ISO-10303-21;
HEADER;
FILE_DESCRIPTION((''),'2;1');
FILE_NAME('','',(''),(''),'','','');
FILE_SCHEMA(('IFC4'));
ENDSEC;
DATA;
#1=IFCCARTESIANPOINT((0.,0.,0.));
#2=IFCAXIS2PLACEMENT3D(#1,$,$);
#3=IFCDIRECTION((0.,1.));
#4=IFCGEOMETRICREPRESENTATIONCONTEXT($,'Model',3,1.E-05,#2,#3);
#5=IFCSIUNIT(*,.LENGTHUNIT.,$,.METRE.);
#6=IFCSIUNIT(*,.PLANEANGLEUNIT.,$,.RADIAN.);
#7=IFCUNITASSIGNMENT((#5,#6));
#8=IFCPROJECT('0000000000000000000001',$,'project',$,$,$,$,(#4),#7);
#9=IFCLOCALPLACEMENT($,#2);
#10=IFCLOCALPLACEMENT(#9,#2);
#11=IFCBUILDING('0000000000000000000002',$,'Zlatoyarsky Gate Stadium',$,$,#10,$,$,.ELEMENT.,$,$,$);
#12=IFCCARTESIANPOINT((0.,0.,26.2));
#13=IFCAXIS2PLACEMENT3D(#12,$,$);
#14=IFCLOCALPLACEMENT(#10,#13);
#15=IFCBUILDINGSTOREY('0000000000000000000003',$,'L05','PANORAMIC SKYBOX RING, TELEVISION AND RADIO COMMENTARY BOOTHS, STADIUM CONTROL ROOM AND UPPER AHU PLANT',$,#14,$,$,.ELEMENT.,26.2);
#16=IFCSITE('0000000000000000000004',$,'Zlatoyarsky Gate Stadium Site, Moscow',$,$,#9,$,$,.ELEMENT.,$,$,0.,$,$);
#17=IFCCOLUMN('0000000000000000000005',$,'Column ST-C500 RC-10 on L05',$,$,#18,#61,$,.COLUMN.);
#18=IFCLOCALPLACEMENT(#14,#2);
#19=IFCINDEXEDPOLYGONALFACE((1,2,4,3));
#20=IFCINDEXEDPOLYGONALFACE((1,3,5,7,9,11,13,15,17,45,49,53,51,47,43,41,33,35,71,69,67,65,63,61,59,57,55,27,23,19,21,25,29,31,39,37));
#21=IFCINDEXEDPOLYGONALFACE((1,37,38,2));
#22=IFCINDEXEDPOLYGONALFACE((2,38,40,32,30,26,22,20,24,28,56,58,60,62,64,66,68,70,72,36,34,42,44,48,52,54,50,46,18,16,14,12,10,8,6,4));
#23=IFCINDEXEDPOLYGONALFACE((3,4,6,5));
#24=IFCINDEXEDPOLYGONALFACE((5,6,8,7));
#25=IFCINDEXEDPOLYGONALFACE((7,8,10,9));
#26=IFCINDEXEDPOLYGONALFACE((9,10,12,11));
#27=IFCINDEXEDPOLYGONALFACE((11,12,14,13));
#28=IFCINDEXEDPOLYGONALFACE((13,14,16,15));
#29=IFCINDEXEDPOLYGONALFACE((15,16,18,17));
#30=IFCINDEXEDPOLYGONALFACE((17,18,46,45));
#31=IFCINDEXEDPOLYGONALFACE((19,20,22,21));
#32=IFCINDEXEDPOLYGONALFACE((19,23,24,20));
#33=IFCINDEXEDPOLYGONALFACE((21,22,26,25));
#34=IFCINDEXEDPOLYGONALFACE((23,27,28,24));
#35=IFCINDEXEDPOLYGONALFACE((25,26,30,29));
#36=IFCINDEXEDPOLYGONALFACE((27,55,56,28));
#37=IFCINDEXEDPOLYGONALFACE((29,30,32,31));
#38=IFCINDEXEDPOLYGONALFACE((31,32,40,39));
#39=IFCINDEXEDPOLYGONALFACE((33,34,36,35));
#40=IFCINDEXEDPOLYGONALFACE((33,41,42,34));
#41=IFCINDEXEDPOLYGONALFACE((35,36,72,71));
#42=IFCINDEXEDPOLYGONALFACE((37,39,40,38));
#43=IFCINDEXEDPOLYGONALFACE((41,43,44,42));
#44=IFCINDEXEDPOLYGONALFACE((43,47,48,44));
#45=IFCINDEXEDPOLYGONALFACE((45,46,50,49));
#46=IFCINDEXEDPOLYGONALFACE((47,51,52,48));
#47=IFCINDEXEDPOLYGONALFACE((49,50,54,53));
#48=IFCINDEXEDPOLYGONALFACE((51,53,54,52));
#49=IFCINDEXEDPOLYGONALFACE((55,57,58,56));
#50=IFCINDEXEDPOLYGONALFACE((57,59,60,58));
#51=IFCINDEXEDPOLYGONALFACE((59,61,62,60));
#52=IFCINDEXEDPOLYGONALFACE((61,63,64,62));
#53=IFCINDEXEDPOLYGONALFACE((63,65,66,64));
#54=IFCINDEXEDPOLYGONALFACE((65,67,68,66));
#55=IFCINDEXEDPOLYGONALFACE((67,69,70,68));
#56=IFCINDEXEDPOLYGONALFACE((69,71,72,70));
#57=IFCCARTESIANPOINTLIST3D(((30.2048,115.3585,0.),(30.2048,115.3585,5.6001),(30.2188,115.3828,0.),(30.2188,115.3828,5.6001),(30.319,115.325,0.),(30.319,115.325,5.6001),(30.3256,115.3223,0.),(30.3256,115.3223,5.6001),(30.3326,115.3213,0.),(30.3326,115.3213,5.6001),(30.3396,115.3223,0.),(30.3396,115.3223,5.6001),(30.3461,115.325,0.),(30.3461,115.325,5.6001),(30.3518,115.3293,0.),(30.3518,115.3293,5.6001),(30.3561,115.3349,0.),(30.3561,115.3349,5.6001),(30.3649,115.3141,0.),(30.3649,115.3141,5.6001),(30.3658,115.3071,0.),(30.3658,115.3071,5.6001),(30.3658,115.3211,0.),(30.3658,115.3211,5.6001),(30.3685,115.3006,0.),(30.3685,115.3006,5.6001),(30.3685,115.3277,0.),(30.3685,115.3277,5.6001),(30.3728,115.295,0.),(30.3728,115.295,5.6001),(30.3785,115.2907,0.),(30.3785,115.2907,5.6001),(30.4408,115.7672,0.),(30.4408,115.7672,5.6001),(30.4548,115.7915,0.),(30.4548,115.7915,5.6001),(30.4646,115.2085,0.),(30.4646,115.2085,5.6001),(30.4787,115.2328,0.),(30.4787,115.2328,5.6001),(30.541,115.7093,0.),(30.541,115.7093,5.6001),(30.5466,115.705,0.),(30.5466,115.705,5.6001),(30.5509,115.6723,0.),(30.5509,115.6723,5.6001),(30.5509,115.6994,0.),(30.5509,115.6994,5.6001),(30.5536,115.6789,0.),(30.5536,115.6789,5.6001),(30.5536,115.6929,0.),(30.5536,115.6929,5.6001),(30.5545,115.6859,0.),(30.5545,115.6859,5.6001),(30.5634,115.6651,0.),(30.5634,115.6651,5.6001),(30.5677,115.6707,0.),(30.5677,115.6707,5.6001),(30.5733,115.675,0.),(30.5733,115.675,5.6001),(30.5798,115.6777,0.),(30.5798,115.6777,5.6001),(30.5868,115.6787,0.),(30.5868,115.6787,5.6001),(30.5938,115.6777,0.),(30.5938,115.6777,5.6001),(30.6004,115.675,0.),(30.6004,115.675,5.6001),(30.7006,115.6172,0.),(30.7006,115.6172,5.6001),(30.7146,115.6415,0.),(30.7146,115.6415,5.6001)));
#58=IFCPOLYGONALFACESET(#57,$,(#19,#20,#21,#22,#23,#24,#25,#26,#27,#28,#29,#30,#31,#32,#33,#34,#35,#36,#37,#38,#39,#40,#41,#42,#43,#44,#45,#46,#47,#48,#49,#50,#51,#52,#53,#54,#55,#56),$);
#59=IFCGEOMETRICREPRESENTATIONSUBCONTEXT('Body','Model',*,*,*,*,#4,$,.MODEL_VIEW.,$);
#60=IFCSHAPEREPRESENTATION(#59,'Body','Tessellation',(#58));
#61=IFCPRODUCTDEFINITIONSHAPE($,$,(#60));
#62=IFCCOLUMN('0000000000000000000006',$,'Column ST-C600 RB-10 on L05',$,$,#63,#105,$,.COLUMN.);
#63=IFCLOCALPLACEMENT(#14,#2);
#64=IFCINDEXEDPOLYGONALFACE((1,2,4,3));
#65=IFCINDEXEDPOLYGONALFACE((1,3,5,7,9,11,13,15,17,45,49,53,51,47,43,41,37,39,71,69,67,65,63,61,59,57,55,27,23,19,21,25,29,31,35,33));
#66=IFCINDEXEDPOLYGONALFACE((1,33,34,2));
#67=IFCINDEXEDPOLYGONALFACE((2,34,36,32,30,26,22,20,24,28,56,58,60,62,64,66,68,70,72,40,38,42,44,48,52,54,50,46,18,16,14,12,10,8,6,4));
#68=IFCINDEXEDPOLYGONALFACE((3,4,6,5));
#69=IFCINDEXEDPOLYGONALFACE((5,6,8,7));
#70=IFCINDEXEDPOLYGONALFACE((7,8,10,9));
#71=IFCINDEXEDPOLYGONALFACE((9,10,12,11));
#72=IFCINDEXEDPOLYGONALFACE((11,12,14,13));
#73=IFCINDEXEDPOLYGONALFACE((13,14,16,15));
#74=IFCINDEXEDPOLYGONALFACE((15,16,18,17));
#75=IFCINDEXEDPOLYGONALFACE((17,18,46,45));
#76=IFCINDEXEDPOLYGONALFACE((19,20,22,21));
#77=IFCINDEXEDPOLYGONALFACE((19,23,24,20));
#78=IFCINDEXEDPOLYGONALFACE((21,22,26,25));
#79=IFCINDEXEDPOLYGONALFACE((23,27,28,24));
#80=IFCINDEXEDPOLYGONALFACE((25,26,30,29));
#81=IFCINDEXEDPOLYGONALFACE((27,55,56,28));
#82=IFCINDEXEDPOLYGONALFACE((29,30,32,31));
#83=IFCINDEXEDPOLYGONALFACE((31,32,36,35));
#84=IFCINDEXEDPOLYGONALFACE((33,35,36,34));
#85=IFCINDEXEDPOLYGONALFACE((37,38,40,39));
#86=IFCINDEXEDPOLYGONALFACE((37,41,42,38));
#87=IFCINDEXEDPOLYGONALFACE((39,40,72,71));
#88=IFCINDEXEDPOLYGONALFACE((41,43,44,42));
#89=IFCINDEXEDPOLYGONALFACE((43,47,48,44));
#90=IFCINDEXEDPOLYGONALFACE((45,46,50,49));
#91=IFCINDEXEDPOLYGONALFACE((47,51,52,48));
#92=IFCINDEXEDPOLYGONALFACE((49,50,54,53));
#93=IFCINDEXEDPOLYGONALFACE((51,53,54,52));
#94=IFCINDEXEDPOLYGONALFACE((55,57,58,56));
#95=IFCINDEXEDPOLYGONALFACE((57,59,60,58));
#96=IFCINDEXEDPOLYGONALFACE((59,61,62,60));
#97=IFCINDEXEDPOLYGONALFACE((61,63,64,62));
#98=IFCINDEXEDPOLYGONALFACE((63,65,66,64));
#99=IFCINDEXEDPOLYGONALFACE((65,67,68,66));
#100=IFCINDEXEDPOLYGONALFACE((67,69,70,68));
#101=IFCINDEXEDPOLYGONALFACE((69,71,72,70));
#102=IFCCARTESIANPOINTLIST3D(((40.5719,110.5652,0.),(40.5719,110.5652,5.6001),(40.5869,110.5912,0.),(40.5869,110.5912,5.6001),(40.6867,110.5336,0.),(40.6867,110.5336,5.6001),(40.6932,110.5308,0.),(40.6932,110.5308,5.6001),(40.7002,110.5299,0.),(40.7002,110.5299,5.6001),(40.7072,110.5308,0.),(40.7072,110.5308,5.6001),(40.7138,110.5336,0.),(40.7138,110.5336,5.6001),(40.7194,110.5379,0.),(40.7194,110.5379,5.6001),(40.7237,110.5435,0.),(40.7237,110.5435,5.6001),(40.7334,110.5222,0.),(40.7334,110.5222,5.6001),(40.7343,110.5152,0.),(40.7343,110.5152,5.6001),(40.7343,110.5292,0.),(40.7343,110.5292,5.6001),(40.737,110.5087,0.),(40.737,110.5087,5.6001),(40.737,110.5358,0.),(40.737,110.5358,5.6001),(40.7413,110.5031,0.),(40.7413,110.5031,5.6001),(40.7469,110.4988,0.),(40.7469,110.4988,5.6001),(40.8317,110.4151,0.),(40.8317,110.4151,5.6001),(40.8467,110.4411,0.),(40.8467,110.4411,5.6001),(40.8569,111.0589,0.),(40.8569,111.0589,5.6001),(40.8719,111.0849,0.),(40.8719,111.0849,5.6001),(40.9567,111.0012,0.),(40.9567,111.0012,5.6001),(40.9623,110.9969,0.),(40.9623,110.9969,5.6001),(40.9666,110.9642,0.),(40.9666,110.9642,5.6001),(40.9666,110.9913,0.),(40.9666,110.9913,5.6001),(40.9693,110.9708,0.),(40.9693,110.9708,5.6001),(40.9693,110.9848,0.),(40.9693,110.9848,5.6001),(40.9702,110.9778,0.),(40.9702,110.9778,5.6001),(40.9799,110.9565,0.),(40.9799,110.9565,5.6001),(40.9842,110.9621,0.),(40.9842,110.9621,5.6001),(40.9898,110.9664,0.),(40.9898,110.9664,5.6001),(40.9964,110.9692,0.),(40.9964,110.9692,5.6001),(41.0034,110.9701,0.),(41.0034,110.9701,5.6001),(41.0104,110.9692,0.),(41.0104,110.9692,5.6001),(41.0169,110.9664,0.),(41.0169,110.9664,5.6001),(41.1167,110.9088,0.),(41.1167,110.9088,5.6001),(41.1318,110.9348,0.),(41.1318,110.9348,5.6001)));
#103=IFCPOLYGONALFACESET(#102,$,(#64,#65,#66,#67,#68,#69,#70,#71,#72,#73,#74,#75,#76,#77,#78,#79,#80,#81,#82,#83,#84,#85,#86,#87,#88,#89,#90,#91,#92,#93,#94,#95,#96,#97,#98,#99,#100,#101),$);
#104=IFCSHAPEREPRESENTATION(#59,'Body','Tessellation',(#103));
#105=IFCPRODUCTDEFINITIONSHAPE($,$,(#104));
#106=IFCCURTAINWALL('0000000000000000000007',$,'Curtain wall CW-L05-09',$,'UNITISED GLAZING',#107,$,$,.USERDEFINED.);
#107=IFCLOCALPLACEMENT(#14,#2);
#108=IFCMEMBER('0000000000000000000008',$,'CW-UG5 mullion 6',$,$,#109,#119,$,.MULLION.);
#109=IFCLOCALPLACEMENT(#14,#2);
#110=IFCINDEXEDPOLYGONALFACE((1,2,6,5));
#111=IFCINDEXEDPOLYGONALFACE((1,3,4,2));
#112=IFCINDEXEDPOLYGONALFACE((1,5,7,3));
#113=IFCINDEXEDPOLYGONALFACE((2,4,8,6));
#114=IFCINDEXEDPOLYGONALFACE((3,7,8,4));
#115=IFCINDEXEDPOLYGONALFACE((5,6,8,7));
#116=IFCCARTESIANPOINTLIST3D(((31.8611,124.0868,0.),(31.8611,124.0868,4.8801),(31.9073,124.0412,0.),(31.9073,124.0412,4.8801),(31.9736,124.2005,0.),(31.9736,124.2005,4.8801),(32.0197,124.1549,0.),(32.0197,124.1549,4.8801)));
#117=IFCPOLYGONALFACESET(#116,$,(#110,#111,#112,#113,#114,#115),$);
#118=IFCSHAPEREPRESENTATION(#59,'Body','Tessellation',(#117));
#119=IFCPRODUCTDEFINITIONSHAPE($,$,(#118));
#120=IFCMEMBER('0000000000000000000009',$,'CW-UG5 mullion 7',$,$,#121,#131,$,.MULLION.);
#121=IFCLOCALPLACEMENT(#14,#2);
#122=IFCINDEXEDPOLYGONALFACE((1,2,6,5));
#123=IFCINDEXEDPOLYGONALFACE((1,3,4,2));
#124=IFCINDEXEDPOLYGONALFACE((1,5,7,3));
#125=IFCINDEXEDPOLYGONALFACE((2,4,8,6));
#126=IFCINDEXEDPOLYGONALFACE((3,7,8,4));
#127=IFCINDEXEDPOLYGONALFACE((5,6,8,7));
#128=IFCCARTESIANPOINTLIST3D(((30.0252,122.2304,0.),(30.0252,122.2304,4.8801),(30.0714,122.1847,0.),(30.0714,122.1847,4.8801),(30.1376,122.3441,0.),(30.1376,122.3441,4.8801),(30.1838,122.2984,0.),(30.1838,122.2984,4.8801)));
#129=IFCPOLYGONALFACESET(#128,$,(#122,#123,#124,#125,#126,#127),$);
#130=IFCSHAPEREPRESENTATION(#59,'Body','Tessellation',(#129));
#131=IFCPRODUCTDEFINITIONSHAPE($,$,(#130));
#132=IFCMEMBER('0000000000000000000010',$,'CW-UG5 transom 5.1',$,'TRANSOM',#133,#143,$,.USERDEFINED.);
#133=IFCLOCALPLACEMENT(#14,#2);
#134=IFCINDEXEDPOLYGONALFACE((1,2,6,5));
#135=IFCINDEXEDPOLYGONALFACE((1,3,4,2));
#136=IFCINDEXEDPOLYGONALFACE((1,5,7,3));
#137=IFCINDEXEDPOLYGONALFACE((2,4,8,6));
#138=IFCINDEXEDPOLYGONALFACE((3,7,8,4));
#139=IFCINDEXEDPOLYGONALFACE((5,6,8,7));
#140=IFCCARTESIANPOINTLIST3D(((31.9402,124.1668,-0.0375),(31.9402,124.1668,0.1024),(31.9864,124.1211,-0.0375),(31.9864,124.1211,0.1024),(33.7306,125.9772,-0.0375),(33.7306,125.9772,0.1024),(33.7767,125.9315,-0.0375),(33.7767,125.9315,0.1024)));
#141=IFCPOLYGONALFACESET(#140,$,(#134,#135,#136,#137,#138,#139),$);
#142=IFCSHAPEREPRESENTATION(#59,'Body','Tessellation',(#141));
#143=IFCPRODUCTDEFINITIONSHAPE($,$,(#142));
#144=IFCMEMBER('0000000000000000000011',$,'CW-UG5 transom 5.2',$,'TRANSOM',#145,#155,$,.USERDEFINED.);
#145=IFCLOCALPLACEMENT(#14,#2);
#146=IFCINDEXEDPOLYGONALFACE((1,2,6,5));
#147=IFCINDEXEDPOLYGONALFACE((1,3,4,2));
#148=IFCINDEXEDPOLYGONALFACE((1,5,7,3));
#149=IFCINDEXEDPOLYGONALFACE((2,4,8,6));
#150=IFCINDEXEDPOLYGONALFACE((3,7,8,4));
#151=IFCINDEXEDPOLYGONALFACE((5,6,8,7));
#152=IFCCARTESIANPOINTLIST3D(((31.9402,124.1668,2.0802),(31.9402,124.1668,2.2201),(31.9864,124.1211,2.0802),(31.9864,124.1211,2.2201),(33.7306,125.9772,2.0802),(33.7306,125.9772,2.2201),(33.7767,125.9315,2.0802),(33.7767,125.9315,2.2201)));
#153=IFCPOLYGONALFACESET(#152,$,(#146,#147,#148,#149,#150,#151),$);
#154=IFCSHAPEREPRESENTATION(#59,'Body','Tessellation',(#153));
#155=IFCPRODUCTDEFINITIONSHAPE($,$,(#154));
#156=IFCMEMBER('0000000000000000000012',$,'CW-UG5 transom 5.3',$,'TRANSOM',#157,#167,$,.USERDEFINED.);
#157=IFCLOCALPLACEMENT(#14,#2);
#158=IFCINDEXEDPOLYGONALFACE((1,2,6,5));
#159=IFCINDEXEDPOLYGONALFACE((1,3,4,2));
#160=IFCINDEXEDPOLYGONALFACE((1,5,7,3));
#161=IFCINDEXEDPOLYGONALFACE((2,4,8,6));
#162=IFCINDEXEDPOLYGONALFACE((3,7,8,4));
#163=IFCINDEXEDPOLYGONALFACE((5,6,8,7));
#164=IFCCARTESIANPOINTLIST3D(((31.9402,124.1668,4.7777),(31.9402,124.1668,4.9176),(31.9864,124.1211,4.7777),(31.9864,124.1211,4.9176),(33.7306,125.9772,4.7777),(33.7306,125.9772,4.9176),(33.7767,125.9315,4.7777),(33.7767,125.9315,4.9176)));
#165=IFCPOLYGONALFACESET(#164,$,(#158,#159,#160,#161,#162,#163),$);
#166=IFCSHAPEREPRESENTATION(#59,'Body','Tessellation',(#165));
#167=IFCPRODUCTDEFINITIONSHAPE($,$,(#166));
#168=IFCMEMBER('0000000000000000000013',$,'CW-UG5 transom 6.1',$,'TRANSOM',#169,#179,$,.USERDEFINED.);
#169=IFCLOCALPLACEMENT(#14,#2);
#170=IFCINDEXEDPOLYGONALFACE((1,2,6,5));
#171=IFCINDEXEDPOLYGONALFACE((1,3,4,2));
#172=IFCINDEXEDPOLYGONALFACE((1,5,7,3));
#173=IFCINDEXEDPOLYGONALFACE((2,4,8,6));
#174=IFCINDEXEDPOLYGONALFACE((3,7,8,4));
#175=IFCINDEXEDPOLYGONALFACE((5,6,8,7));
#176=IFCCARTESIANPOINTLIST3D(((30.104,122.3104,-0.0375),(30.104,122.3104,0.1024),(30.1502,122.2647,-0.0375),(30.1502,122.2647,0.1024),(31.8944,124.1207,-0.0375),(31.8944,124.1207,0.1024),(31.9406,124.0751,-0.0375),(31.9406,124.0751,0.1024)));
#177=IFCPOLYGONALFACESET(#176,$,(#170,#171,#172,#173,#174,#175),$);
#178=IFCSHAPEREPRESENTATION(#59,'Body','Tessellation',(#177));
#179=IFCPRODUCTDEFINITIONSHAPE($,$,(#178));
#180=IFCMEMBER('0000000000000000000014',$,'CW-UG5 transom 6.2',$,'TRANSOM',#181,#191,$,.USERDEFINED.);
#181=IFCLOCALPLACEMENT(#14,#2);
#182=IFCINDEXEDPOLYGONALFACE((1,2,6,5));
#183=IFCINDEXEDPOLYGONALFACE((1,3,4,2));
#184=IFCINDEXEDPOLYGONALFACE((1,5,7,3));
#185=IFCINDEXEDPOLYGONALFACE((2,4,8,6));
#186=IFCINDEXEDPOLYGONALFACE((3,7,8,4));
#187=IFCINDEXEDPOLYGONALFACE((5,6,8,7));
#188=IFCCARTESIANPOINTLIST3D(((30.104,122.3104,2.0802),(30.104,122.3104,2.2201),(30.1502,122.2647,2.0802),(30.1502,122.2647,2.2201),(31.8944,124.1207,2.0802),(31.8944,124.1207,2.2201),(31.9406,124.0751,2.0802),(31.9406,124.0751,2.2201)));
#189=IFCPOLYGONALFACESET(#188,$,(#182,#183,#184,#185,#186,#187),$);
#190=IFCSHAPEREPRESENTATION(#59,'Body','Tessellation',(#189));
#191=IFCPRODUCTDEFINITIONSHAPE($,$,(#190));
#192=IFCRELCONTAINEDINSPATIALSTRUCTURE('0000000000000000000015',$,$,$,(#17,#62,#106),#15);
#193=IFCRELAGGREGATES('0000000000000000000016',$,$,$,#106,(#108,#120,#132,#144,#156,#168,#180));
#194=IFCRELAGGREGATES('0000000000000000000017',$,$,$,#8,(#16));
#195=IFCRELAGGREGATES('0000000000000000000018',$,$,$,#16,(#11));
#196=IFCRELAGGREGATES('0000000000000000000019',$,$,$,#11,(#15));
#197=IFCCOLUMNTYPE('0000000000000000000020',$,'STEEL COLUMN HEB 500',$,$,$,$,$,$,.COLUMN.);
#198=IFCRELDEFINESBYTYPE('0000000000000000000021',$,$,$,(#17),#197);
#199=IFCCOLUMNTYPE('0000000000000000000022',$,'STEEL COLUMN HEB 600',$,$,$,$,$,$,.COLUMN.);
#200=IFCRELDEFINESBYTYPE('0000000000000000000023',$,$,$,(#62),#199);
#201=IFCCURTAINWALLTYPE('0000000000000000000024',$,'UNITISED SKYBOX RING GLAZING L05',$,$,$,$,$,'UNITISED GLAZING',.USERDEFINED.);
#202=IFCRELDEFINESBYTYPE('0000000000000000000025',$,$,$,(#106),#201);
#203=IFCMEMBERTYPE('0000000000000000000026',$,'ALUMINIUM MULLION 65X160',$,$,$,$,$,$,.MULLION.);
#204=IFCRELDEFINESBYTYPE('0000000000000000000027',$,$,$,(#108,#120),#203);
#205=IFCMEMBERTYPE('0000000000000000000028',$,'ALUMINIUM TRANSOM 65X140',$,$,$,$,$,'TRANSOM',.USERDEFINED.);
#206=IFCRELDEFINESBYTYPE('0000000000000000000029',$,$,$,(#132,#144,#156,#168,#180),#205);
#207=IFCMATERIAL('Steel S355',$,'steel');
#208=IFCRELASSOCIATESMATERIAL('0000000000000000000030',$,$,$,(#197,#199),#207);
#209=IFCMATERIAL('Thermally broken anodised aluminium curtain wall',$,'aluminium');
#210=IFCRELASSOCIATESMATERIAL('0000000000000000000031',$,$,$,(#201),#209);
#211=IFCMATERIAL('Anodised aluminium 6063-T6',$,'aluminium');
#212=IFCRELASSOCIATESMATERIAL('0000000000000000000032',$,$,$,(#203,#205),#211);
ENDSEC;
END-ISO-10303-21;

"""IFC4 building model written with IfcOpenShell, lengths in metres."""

from ifc_helpers import new_model, si_unit, direction, frame, origin, origin_2d, place, context, subcontext, project, spatial, rectangle, i_section, extrude, material, material_profile, profile_set, type_object, element, aggregate, save


model = new_model("IFC4")

# Units and contexts
model_context = context("Model", 3, precision=1e-05, world=origin(), true_north=direction((0.0, 1.0)))
body_context = subcontext(model_context, "Body", "Model", "MODEL_VIEW")
ifc_project = project(units=[si_unit("LENGTHUNIT", "METRE"), si_unit("PLANEANGLEUNIT", "RADIAN")], contexts=[model_context])

# Site, building, storey
site_placement = place(None, origin())
site = spatial("IfcSite", under=ifc_project, at=site_placement, Name="Zlatoyarsky Gate Stadium Site, Moscow", CompositionType="ELEMENT", RefElevation=0.0)
building_placement = place(site_placement, origin())
building = spatial("IfcBuilding", under=site, at=building_placement, Name="Zlatoyarsky Gate Stadium", CompositionType="ELEMENT")
storey_placement = place(building_placement, frame((0.0, 0.0, 26.2)))
storey = spatial("IfcBuildingStorey", under=building, at=storey_placement, Name="L05", Description="PANORAMIC SKYBOX RING, TELEVISION AND RADIO COMMENTARY BOOTHS, STADIUM CONTROL ROOM AND UPPER AHU PLANT", CompositionType="ELEMENT", Elevation=26.2)

# Columns
ifc_material_1 = material(Name="Steel S355", Category="steel")
ifc_material_profile_1 = material_profile(ifc_material_1, i_section(OverallWidth=0.3, OverallDepth=0.5, WebThickness=0.0144, FlangeThickness=0.0281, FilletRadius=0.0271, at=origin_2d()), Name="HEB 500")
ifc_profile_set_1 = profile_set([ifc_material_profile_1], Name="Steel S355")
column_type_1 = type_object("IfcColumnType", Name="STEEL COLUMN HEB 500", PredefinedType="COLUMN", material=ifc_profile_set_1)
column_1_placement = place(storey_placement, frame((30.4597, 115.5, 0.0), z_axis=(0.0, 0.0, 1.0), x_axis=(-0.866025, 0.5, 0.0)))
element("IfcColumn", 1, at=column_1_placement, inside=storey, type_object=column_type_1, Name="Column ST-C500 RC-10 on L05", PredefinedType="COLUMN", context=body_context, shape_type="SweptSolid", body=[
    extrude(i_section(OverallWidth=0.3, OverallDepth=0.5, WebThickness=0.0144, FlangeThickness=0.0281, FilletRadius=0.0271, at=origin_2d()), origin(), (0.0, 0.0, 1.0), 5.6001),
])
ifc_material_profile_2 = material_profile(ifc_material_1, i_section(OverallWidth=0.3, OverallDepth=0.6001, WebThickness=0.0154, FlangeThickness=0.03, FilletRadius=0.0271, at=origin_2d()), Name="HEB 600")
ifc_profile_set_2 = profile_set([ifc_material_profile_2], Name="Steel S355")
column_type_2 = type_object("IfcColumnType", Name="STEEL COLUMN HEB 600", PredefinedType="COLUMN", material=ifc_profile_set_2)
column_2_placement = place(storey_placement, frame((40.8518, 110.75, 0.0), z_axis=(0.0, 0.0, 1.0), x_axis=(-0.866025, 0.5, 0.0)))
element("IfcColumn", 2, at=column_2_placement, inside=storey, type_object=column_type_2, Name="Column ST-C600 RB-10 on L05", PredefinedType="COLUMN", context=body_context, shape_type="SweptSolid", body=[
    extrude(i_section(OverallWidth=0.3, OverallDepth=0.6001, WebThickness=0.0154, FlangeThickness=0.03, FilletRadius=0.0271, at=origin_2d()), origin(), (0.0, 0.0, 1.0), 5.6001),
])

# Curtain wall, members
ifc_material_2 = material(Name="Thermally broken anodised aluminium curtain wall", Category="aluminium")
curtain_wall_type = type_object("IfcCurtainWallType", Name="UNITISED SKYBOX RING GLAZING L05", ElementType="UNITISED GLAZING", PredefinedType="USERDEFINED", material=ifc_material_2)
curtain_wall_placement = place(storey_placement, origin())
curtain_wall = element("IfcCurtainWall", 3, at=curtain_wall_placement, inside=storey, type_object=curtain_wall_type, Name="Curtain wall CW-L05-09", ObjectType="UNITISED GLAZING", PredefinedType="USERDEFINED")
ifc_material_3 = material(Name="Anodised aluminium 6063-T6", Category="aluminium")
ifc_material_profile_3 = material_profile(ifc_material_3, rectangle(XDim=0.0649, YDim=0.1599, at=origin_2d()), Name="ALU 65X160")
ifc_profile_set_3 = profile_set([ifc_material_profile_3], Name="Anodised aluminium 6063-T6")
member_type_1 = type_object("IfcMemberType", Name="ALUMINIUM MULLION 65X160", PredefinedType="MULLION", material=ifc_profile_set_3)
member_1_placement = place(storey_placement, frame((31.9404, 124.1208, 0.0), z_axis=(0.0, 0.0, 1.0), x_axis=(0.711036, -0.703156, 0.0)))
member_1 = element("IfcMember", 4, at=member_1_placement, type_object=member_type_1, Name="CW-UG5 mullion 6", PredefinedType="MULLION", context=body_context, shape_type="SweptSolid", body=[
    extrude(rectangle(XDim=0.0649, YDim=0.1599, at=origin_2d()), origin(), (0.0, 0.0, 1.0), 4.8801),
])
member_2_placement = place(storey_placement, frame((30.1045, 122.2644, 0.0), z_axis=(0.0, 0.0, 1.0), x_axis=(0.711036, -0.703156, 0.0)))
member_2 = element("IfcMember", 5, at=member_2_placement, type_object=member_type_1, Name="CW-UG5 mullion 7", PredefinedType="MULLION", context=body_context, shape_type="SweptSolid", body=[
    extrude(rectangle(XDim=0.0649, YDim=0.1599, at=origin_2d()), origin(), (0.0, 0.0, 1.0), 4.8801),
])
ifc_material_profile_4 = material_profile(ifc_material_3, rectangle(XDim=0.0649, YDim=0.1399, at=origin_2d()), Name="ALU 65X140")
ifc_profile_set_4 = profile_set([ifc_material_profile_4], Name="Anodised aluminium 6063-T6")
member_type_2 = type_object("IfcMemberType", Name="ALUMINIUM TRANSOM 65X140", ElementType="TRANSOM", PredefinedType="USERDEFINED", material=ifc_profile_set_4)
member_3_placement = place(storey_placement, frame((33.7537, 125.9543, 0.0325), z_axis=(-0.703164, -0.711027, 0.0), x_axis=(0.711027, -0.703164, 0.0)))
member_3 = element("IfcMember", 6, at=member_3_placement, type_object=member_type_2, Name="CW-UG5 transom 5.1", ObjectType="TRANSOM", PredefinedType="USERDEFINED", context=body_context, shape_type="SweptSolid", body=[
    extrude(rectangle(XDim=0.0649, YDim=0.1399, at=origin_2d()), origin(), (0.0, 0.0, 1.0), 2.5461),
])
member_4_placement = place(storey_placement, frame((33.7537, 125.9543, 2.1501), z_axis=(-0.703164, -0.711027, 0.0), x_axis=(0.711027, -0.703164, 0.0)))
member_4 = element("IfcMember", 7, at=member_4_placement, type_object=member_type_2, Name="CW-UG5 transom 5.2", ObjectType="TRANSOM", PredefinedType="USERDEFINED", context=body_context, shape_type="SweptSolid", body=[
    extrude(rectangle(XDim=0.0649, YDim=0.1399, at=origin_2d()), origin(), (0.0, 0.0, 1.0), 2.5461),
])
member_5_placement = place(storey_placement, frame((33.7537, 125.9543, 4.8477), z_axis=(-0.703164, -0.711027, 0.0), x_axis=(0.711027, -0.703164, 0.0)))
member_5 = element("IfcMember", 8, at=member_5_placement, type_object=member_type_2, Name="CW-UG5 transom 5.3", ObjectType="TRANSOM", PredefinedType="USERDEFINED", context=body_context, shape_type="SweptSolid", body=[
    extrude(rectangle(XDim=0.0649, YDim=0.1399, at=origin_2d()), origin(), (0.0, 0.0, 1.0), 2.5461),
])
member_6_placement = place(storey_placement, frame((31.9175, 124.0979, 0.0325), z_axis=(-0.703164, -0.711027, 0.0), x_axis=(0.711027, -0.703164, 0.0)))
member_6 = element("IfcMember", 9, at=member_6_placement, type_object=member_type_2, Name="CW-UG5 transom 6.1", ObjectType="TRANSOM", PredefinedType="USERDEFINED", context=body_context, shape_type="SweptSolid", body=[
    extrude(rectangle(XDim=0.0649, YDim=0.1399, at=origin_2d()), origin(), (0.0, 0.0, 1.0), 2.5461),
])
member_7_placement = place(storey_placement, frame((31.9175, 124.0979, 2.1501), z_axis=(-0.703164, -0.711027, 0.0), x_axis=(0.711027, -0.703164, 0.0)))
member_7 = element("IfcMember", 10, at=member_7_placement, type_object=member_type_2, Name="CW-UG5 transom 6.2", ObjectType="TRANSOM", PredefinedType="USERDEFINED", context=body_context, shape_type="SweptSolid", body=[
    extrude(rectangle(XDim=0.0649, YDim=0.1399, at=origin_2d()), origin(), (0.0, 0.0, 1.0), 2.5461),
])

aggregate(curtain_wall, [member_1, member_2, member_3, member_4, member_5, member_6, member_7])

save(model, "model.ifc")
